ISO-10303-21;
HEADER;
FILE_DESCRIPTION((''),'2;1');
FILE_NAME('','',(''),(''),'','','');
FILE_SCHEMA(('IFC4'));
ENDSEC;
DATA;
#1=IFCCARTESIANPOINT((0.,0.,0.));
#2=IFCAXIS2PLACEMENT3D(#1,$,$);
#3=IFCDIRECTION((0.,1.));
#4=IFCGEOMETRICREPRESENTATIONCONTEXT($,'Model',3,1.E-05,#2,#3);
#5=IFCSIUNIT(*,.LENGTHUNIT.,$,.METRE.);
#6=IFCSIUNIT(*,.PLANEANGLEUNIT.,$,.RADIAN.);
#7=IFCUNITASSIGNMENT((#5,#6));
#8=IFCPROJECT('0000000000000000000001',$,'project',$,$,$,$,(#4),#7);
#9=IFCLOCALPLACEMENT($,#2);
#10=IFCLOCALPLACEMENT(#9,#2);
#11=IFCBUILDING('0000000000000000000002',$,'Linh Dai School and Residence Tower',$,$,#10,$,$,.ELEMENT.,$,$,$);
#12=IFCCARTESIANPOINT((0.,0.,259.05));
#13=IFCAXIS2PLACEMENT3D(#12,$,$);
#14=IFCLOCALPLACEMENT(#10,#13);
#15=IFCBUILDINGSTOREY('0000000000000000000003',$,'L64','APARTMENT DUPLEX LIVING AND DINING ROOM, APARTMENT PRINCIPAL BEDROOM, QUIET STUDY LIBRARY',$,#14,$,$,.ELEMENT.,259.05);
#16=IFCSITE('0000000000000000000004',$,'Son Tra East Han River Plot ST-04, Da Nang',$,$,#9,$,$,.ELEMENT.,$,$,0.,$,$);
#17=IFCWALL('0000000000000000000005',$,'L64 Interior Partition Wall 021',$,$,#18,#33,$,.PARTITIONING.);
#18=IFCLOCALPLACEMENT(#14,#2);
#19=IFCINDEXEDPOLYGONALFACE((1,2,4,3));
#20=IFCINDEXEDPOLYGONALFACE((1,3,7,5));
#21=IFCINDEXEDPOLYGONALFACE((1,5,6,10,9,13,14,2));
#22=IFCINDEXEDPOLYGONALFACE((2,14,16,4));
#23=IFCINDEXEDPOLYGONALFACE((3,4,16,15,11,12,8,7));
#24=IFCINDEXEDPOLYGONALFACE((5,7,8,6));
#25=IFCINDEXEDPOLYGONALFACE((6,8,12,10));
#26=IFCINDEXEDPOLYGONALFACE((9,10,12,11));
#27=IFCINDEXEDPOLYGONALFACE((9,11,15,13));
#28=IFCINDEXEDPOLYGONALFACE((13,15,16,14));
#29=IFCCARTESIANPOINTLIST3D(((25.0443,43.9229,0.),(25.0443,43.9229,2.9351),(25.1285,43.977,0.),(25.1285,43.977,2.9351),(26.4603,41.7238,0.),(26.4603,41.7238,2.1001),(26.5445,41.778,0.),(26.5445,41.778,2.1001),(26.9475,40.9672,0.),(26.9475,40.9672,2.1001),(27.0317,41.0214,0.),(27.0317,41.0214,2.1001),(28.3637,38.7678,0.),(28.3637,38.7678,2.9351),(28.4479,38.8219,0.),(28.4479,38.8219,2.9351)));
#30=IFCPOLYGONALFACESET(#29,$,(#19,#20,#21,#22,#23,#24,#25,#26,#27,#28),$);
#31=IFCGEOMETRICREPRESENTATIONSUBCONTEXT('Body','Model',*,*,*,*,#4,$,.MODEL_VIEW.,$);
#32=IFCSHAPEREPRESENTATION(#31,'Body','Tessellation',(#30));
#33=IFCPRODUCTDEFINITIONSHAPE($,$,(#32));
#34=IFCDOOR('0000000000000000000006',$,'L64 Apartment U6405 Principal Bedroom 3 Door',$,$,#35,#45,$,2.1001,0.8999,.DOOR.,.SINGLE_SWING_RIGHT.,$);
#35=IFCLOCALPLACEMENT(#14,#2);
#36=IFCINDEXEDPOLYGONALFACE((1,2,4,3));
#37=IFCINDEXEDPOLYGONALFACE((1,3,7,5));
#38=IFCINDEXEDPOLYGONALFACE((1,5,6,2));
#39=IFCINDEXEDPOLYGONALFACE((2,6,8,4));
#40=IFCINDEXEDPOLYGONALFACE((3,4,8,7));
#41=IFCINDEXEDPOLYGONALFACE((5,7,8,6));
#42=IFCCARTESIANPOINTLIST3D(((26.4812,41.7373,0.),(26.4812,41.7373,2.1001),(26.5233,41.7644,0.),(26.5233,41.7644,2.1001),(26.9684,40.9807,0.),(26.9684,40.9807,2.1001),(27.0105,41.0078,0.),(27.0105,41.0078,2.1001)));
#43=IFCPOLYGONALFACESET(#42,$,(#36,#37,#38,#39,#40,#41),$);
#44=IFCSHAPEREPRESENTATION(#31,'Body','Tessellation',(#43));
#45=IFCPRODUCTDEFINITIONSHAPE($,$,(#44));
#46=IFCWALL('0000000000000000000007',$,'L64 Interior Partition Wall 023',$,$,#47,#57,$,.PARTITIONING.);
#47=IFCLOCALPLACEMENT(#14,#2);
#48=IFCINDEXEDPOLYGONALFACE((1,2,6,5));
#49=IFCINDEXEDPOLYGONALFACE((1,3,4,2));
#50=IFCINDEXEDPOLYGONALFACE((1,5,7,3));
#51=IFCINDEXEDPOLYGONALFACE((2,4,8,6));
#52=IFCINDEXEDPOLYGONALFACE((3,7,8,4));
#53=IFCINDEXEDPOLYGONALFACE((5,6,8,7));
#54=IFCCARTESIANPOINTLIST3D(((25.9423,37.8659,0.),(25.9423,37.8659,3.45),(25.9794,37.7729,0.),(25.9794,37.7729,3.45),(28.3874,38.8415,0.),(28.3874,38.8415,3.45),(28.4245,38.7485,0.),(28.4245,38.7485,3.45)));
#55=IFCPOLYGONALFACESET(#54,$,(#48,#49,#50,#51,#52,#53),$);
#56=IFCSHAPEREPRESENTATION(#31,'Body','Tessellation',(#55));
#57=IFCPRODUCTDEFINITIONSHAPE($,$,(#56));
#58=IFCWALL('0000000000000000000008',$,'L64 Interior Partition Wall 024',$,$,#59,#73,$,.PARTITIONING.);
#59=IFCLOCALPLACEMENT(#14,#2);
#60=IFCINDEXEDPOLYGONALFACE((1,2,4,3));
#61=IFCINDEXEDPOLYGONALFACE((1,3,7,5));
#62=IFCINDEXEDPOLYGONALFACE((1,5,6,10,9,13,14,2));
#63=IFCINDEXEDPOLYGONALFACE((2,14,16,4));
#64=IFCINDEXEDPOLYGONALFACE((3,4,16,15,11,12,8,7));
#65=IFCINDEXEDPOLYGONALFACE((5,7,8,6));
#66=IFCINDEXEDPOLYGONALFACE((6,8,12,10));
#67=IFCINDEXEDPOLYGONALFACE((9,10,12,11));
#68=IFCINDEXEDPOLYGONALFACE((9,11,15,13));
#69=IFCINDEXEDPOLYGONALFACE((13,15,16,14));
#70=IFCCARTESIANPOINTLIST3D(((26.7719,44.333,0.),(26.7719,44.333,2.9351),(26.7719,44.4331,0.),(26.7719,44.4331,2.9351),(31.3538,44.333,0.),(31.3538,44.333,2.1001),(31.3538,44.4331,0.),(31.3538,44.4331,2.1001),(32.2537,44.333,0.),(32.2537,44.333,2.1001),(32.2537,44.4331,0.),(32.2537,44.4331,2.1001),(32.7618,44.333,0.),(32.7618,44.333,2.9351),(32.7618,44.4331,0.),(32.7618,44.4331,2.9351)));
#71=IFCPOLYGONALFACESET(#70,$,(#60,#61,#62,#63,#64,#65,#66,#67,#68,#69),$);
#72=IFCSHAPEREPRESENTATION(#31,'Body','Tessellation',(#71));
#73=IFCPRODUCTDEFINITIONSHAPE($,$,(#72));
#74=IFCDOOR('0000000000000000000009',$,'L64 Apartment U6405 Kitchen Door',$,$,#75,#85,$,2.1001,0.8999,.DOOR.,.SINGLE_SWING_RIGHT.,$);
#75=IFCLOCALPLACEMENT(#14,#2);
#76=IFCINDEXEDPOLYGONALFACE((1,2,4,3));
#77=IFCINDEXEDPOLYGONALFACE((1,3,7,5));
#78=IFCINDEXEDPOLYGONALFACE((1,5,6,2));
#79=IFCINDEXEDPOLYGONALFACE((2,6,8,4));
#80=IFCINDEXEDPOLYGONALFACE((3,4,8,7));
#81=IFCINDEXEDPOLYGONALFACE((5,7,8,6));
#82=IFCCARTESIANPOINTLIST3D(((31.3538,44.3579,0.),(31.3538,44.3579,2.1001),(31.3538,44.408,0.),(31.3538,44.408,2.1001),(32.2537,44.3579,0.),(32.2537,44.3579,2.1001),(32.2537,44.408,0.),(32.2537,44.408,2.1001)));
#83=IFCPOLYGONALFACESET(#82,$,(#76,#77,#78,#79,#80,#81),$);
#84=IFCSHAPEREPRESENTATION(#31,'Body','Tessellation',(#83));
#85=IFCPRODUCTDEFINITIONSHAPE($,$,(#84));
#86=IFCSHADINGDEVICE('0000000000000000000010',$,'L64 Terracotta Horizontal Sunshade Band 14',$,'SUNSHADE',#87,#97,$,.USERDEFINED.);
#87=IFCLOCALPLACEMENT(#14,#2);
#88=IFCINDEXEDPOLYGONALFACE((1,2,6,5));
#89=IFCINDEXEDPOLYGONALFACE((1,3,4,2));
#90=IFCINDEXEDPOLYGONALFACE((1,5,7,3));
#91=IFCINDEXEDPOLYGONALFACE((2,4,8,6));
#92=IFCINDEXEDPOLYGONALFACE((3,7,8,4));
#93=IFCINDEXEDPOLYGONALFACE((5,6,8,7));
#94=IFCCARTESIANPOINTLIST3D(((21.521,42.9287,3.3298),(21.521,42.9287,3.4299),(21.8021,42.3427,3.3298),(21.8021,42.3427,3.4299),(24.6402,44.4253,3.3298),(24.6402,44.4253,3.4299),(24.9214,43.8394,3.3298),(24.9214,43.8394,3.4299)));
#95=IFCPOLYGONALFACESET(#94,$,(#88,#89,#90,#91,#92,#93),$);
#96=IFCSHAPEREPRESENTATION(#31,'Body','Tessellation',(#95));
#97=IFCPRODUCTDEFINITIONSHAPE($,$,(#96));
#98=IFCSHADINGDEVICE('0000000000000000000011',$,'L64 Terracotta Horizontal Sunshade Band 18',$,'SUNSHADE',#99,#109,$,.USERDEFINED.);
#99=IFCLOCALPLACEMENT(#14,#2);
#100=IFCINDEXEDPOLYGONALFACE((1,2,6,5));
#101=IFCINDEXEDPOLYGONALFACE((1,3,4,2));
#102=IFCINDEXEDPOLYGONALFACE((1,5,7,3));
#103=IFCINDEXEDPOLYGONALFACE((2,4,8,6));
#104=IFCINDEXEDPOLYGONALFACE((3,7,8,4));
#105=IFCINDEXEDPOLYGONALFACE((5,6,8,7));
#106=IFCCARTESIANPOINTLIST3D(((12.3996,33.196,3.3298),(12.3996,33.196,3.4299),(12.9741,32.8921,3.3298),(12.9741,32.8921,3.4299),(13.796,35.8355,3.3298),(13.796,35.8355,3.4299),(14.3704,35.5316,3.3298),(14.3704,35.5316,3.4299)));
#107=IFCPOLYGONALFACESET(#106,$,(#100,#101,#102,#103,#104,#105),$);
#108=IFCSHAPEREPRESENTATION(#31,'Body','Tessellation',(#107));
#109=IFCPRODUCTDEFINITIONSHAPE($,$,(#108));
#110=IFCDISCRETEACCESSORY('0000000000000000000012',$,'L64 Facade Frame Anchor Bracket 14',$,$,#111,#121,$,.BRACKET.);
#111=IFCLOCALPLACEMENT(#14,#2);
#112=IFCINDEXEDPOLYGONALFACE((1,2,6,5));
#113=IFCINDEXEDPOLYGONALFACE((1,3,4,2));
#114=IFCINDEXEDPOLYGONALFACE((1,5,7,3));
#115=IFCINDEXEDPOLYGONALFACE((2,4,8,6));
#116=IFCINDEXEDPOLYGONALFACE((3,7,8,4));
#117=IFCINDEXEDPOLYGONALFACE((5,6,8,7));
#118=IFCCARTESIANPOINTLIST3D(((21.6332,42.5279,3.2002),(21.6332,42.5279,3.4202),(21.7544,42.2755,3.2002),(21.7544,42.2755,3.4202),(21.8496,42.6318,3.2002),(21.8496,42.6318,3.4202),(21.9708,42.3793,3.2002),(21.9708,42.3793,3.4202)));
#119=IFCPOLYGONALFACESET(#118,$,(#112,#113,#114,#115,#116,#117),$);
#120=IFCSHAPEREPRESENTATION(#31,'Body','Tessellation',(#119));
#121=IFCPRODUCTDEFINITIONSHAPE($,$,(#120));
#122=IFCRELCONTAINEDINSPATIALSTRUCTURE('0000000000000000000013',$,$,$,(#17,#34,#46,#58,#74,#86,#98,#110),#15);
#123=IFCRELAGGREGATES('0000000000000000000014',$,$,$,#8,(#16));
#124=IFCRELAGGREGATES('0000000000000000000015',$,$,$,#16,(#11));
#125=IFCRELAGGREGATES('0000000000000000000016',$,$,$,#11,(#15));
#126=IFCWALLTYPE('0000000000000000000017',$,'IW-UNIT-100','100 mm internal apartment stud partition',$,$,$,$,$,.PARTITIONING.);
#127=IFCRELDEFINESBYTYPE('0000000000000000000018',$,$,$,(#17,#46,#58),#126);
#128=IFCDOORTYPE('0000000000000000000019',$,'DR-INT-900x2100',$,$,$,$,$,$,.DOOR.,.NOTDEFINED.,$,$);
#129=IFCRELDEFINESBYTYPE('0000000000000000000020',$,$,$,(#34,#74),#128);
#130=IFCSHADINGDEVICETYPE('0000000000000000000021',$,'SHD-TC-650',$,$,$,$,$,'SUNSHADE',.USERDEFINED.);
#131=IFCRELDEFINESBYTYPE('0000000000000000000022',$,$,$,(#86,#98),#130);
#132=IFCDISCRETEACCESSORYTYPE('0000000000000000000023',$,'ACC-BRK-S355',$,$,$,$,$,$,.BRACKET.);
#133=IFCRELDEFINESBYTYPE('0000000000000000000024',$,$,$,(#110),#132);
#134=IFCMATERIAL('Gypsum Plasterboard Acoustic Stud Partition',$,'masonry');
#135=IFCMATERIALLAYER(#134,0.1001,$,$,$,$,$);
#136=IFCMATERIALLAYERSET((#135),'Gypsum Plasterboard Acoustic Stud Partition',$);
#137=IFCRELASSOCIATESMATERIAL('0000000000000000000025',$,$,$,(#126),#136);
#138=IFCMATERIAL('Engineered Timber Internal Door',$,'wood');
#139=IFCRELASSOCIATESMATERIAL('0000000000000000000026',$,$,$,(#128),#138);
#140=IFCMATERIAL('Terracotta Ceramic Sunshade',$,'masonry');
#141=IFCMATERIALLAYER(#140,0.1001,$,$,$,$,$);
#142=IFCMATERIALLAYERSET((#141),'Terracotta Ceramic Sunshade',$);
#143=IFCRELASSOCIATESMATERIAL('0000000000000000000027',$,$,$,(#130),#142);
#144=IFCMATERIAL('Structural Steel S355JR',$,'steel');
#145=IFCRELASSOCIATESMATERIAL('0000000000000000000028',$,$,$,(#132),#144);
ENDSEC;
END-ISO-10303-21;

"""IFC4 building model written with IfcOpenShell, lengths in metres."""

from ifc_helpers import new_model, si_unit, direction, frame, frame_2d, origin, origin_2d, place, context, subcontext, project, spatial, rectangle, extrude, source, transform, mapped, material, layer, layer_set, type_object, element, fill, save


model = new_model("IFC4")

# Units and contexts
model_context = context("Model", 3, precision=1e-05, world=origin(), true_north=direction((0.0, 1.0)))
body_context = subcontext(model_context, "Body", "Model", "MODEL_VIEW")
ifc_project = project(units=[si_unit("LENGTHUNIT", "METRE"), si_unit("PLANEANGLEUNIT", "RADIAN")], contexts=[model_context])

# Site, building, storey
site_placement = place(None, origin())
site = spatial("IfcSite", under=ifc_project, at=site_placement, Name="Son Tra East Han River Plot ST-04, Da Nang", CompositionType="ELEMENT", RefElevation=0.0)
building_placement = place(site_placement, origin())
building = spatial("IfcBuilding", under=site, at=building_placement, Name="Linh Dai School and Residence Tower", CompositionType="ELEMENT")
storey_placement = place(building_placement, frame((0.0, 0.0, 259.05)))
storey = spatial("IfcBuildingStorey", under=building, at=storey_placement, Name="L64", Description="APARTMENT DUPLEX LIVING AND DINING ROOM, APARTMENT PRINCIPAL BEDROOM, QUIET STUDY LIBRARY", CompositionType="ELEMENT", Elevation=259.05)

# Shared definitions
ifc_material_1 = material(Name="Structural Steel S355JR", Category="steel")

# Shared definitions
ifc_material_2 = material(Name="Gypsum Plasterboard Acoustic Stud Partition", Category="masonry")
ifc_layer_1 = layer(ifc_material_2, 0.1001)
ifc_layer_set_1 = layer_set([ifc_layer_1], Name="Gypsum Plasterboard Acoustic Stud Partition")
wall_type_1 = type_object("IfcWallType", Name="IW-UNIT-100", Description="100 mm internal apartment stud partition", PredefinedType="PARTITIONING", material=ifc_layer_set_1)

# Wall, opening, door
wall_1_placement = place(storey_placement, frame((25.0864, 43.95, 0.0), z_axis=(0.0, 0.0, 1.0), x_axis=(0.541379, -0.840778, 0.0)))
wall_1 = element("IfcWall", 1, at=wall_1_placement, inside=storey, type_object=wall_type_1, Name="L64 Interior Partition Wall 021", PredefinedType="PARTITIONING", context=body_context, shape_type="SweptSolid", body=[
    extrude(rectangle(XDim=6.1313, YDim=0.1001, at=frame_2d((3.0657, 0.0))), origin(), (0.0, 0.0, 1.0), 2.9351),
])
opening_1_placement = place(wall_1_placement, frame((2.6155, 0.0, 0.0)))
opening_1 = element("IfcOpeningElement", 2, at=opening_1_placement, cuts=wall_1, PredefinedType="OPENING", context=body_context, shape_type="SweptSolid", body=[
    extrude(rectangle(XDim=0.8999, YDim=2.1001, at=origin_2d()), frame((0.45, 0.0601, 1.05), z_axis=(0.0, -1.0, 0.0), x_axis=(1.0, 0.0, 0.0)), (0.0, 0.0, 1.0), 0.1201),
])
ifc_material_3 = material(Name="Engineered Timber Internal Door", Category="wood")
door_type_1 = type_object("IfcDoorType", Name="DR-INT-900x2100", OperationType="NOTDEFINED", PredefinedType="DOOR", material=ifc_material_3)
shared_shape_1 = source(origin(), body_context, "Body", "SweptSolid", [
    extrude(rectangle(XDim=0.8999, YDim=2.1001, at=origin_2d()), frame((0.45, 0.0249, 1.05), z_axis=(0.0, -1.0, 0.0), x_axis=(1.0, 0.0, 0.0)), (0.0, 0.0, 1.0), 0.05),
])
door_1_placement = place(opening_1_placement, origin())
door_1 = element("IfcDoor", 3, at=door_1_placement, inside=storey, type_object=door_type_1, Name="L64 Apartment U6405 Principal Bedroom 3 Door", OperationType="SINGLE_SWING_RIGHT", OverallHeight=2.1001, OverallWidth=0.8999, PredefinedType="DOOR", context=body_context, shape_type="MappedRepresentation", body=[
    mapped(shared_shape_1, transform((0.0, 0.0, 0.0), x_axis=(1.0, 0.0, 0.0), y_axis=(0.0, 1.0, 0.0), z_axis=(0.0, 0.0, 1.0), scale=1.0)),
])
fill(opening_1, door_1)

# Wall
wall_2_placement = place(storey_placement, frame((25.9607, 37.8193, 0.0), z_axis=(0.0, 0.0, 1.0), x_axis=(0.928796, 0.370591, 0.0)))
element("IfcWall", 4, at=wall_2_placement, inside=storey, type_object=wall_type_1, Name="L64 Interior Partition Wall 023", PredefinedType="PARTITIONING", context=body_context, shape_type="SweptSolid", body=[
    extrude(rectangle(XDim=2.6326, YDim=0.1001, at=frame_2d((1.3164, 0.0))), origin(), (0.0, 0.0, 1.0), 3.45),
])

# Wall, opening, door
wall_3_placement = place(storey_placement, frame((26.7717, 44.3831, 0.0), z_axis=(0.0, 0.0, 1.0), x_axis=(1.0, 0.0, 0.0)))
wall_3 = element("IfcWall", 5, at=wall_3_placement, inside=storey, type_object=wall_type_1, Name="L64 Interior Partition Wall 024", PredefinedType="PARTITIONING", context=body_context, shape_type="SweptSolid", body=[
    extrude(rectangle(XDim=5.99, YDim=0.1001, at=frame_2d((2.9951, 0.0))), origin(), (0.0, 0.0, 1.0), 2.9351),
])
opening_2_placement = place(wall_3_placement, frame((4.582, 0.0, 0.0)))
opening_2 = element("IfcOpeningElement", 6, at=opening_2_placement, cuts=wall_3, PredefinedType="OPENING", context=body_context, shape_type="SweptSolid", body=[
    extrude(rectangle(XDim=0.8999, YDim=2.1001, at=origin_2d()), frame((0.45, 0.0601, 1.05), z_axis=(0.0, -1.0, 0.0), x_axis=(1.0, 0.0, 0.0)), (0.0, 0.0, 1.0), 0.1201),
])
door_2_placement = place(opening_2_placement, origin())
door_2 = element("IfcDoor", 7, at=door_2_placement, inside=storey, type_object=door_type_1, Name="L64 Apartment U6405 Kitchen Door", OperationType="SINGLE_SWING_RIGHT", OverallHeight=2.1001, OverallWidth=0.8999, PredefinedType="DOOR", context=body_context, shape_type="MappedRepresentation", body=[
    mapped(shared_shape_1, transform((0.0, 0.0, 0.0), x_axis=(1.0, 0.0, 0.0), y_axis=(0.0, 1.0, 0.0), z_axis=(0.0, 0.0, 1.0), scale=1.0)),
])
fill(opening_2, door_2)

# Shading devices
ifc_material_4 = material(Name="Terracotta Ceramic Sunshade", Category="masonry")
ifc_layer_2 = layer(ifc_material_4, 0.1001)
ifc_layer_set_2 = layer_set([ifc_layer_2], Name="Terracotta Ceramic Sunshade")
shading_device_type = type_object("IfcShadingDeviceType", Name="SHD-TC-650", ElementType="SUNSHADE", PredefinedType="USERDEFINED", material=ifc_layer_set_2)
shared_shape_2 = source(origin(), body_context, "Body", "SweptSolid", [
    extrude(rectangle(XDim=3.4597, YDim=0.6499, at=origin_2d()), origin(), (0.0, 0.0, 1.0), 0.1001),
])
shading_device_1_placement = place(storey_placement, frame((23.2212, 43.384, 3.3298), z_axis=(0.0, 0.0, 1.0), x_axis=(0.901589, 0.432594, 0.0)))
element("IfcShadingDevice", 8, at=shading_device_1_placement, inside=storey, type_object=shading_device_type, Name="L64 Terracotta Horizontal Sunshade Band 14", ObjectType="SUNSHADE", PredefinedType="USERDEFINED", context=body_context, shape_type="MappedRepresentation", body=[
    mapped(shared_shape_2, transform((0.0, 0.0, 0.0), x_axis=(1.0, 0.0, 0.0), y_axis=(0.0, 1.0, 0.0), z_axis=(0.0, 0.0, 1.0), scale=1.0)),
])
shared_shape_3 = source(origin(), body_context, "Body", "SweptSolid", [
    extrude(rectangle(XDim=2.9861, YDim=0.6499, at=origin_2d()), origin(), (0.0, 0.0, 1.0), 0.1001),
])
shading_device_2_placement = place(storey_placement, frame((13.385, 34.3638, 3.3298), z_axis=(0.0, 0.0, 1.0), x_axis=(0.467621, 0.883929, 0.0)))
element("IfcShadingDevice", 9, at=shading_device_2_placement, inside=storey, type_object=shading_device_type, Name="L64 Terracotta Horizontal Sunshade Band 18", ObjectType="SUNSHADE", PredefinedType="USERDEFINED", context=body_context, shape_type="MappedRepresentation", body=[
    mapped(shared_shape_3, transform((0.0, 0.0, 0.0), x_axis=(1.0, 0.0, 0.0), y_axis=(0.0, 1.0, 0.0), z_axis=(0.0, 0.0, 1.0), scale=1.0)),
])

# Discrete accessory
discrete_accessory_type = type_object("IfcDiscreteAccessoryType", Name="ACC-BRK-S355", PredefinedType="BRACKET", material=ifc_material_1)
shared_shape_4 = source(origin(), body_context, "Body", "SweptSolid", [
    extrude(rectangle(XDim=0.28, YDim=0.24, at=origin_2d()), origin(), (0.0, 0.0, 1.0), 0.22),
])
discrete_accessory_placement = place(storey_placement, frame((21.802, 42.4536, 3.2002), z_axis=(0.0, 0.0, 1.0), x_axis=(-0.432594, 0.901589, 0.0)))
element("IfcDiscreteAccessory", 10, at=discrete_accessory_placement, inside=storey, type_object=discrete_accessory_type, Name="L64 Facade Frame Anchor Bracket 14", PredefinedType="BRACKET", context=body_context, shape_type="MappedRepresentation", body=[
    mapped(shared_shape_4, transform((0.0, 0.0, 0.0), x_axis=(1.0, 0.0, 0.0), y_axis=(0.0, 1.0, 0.0), z_axis=(0.0, 0.0, 1.0), scale=1.0)),
])

save(model, "model.ifc")
